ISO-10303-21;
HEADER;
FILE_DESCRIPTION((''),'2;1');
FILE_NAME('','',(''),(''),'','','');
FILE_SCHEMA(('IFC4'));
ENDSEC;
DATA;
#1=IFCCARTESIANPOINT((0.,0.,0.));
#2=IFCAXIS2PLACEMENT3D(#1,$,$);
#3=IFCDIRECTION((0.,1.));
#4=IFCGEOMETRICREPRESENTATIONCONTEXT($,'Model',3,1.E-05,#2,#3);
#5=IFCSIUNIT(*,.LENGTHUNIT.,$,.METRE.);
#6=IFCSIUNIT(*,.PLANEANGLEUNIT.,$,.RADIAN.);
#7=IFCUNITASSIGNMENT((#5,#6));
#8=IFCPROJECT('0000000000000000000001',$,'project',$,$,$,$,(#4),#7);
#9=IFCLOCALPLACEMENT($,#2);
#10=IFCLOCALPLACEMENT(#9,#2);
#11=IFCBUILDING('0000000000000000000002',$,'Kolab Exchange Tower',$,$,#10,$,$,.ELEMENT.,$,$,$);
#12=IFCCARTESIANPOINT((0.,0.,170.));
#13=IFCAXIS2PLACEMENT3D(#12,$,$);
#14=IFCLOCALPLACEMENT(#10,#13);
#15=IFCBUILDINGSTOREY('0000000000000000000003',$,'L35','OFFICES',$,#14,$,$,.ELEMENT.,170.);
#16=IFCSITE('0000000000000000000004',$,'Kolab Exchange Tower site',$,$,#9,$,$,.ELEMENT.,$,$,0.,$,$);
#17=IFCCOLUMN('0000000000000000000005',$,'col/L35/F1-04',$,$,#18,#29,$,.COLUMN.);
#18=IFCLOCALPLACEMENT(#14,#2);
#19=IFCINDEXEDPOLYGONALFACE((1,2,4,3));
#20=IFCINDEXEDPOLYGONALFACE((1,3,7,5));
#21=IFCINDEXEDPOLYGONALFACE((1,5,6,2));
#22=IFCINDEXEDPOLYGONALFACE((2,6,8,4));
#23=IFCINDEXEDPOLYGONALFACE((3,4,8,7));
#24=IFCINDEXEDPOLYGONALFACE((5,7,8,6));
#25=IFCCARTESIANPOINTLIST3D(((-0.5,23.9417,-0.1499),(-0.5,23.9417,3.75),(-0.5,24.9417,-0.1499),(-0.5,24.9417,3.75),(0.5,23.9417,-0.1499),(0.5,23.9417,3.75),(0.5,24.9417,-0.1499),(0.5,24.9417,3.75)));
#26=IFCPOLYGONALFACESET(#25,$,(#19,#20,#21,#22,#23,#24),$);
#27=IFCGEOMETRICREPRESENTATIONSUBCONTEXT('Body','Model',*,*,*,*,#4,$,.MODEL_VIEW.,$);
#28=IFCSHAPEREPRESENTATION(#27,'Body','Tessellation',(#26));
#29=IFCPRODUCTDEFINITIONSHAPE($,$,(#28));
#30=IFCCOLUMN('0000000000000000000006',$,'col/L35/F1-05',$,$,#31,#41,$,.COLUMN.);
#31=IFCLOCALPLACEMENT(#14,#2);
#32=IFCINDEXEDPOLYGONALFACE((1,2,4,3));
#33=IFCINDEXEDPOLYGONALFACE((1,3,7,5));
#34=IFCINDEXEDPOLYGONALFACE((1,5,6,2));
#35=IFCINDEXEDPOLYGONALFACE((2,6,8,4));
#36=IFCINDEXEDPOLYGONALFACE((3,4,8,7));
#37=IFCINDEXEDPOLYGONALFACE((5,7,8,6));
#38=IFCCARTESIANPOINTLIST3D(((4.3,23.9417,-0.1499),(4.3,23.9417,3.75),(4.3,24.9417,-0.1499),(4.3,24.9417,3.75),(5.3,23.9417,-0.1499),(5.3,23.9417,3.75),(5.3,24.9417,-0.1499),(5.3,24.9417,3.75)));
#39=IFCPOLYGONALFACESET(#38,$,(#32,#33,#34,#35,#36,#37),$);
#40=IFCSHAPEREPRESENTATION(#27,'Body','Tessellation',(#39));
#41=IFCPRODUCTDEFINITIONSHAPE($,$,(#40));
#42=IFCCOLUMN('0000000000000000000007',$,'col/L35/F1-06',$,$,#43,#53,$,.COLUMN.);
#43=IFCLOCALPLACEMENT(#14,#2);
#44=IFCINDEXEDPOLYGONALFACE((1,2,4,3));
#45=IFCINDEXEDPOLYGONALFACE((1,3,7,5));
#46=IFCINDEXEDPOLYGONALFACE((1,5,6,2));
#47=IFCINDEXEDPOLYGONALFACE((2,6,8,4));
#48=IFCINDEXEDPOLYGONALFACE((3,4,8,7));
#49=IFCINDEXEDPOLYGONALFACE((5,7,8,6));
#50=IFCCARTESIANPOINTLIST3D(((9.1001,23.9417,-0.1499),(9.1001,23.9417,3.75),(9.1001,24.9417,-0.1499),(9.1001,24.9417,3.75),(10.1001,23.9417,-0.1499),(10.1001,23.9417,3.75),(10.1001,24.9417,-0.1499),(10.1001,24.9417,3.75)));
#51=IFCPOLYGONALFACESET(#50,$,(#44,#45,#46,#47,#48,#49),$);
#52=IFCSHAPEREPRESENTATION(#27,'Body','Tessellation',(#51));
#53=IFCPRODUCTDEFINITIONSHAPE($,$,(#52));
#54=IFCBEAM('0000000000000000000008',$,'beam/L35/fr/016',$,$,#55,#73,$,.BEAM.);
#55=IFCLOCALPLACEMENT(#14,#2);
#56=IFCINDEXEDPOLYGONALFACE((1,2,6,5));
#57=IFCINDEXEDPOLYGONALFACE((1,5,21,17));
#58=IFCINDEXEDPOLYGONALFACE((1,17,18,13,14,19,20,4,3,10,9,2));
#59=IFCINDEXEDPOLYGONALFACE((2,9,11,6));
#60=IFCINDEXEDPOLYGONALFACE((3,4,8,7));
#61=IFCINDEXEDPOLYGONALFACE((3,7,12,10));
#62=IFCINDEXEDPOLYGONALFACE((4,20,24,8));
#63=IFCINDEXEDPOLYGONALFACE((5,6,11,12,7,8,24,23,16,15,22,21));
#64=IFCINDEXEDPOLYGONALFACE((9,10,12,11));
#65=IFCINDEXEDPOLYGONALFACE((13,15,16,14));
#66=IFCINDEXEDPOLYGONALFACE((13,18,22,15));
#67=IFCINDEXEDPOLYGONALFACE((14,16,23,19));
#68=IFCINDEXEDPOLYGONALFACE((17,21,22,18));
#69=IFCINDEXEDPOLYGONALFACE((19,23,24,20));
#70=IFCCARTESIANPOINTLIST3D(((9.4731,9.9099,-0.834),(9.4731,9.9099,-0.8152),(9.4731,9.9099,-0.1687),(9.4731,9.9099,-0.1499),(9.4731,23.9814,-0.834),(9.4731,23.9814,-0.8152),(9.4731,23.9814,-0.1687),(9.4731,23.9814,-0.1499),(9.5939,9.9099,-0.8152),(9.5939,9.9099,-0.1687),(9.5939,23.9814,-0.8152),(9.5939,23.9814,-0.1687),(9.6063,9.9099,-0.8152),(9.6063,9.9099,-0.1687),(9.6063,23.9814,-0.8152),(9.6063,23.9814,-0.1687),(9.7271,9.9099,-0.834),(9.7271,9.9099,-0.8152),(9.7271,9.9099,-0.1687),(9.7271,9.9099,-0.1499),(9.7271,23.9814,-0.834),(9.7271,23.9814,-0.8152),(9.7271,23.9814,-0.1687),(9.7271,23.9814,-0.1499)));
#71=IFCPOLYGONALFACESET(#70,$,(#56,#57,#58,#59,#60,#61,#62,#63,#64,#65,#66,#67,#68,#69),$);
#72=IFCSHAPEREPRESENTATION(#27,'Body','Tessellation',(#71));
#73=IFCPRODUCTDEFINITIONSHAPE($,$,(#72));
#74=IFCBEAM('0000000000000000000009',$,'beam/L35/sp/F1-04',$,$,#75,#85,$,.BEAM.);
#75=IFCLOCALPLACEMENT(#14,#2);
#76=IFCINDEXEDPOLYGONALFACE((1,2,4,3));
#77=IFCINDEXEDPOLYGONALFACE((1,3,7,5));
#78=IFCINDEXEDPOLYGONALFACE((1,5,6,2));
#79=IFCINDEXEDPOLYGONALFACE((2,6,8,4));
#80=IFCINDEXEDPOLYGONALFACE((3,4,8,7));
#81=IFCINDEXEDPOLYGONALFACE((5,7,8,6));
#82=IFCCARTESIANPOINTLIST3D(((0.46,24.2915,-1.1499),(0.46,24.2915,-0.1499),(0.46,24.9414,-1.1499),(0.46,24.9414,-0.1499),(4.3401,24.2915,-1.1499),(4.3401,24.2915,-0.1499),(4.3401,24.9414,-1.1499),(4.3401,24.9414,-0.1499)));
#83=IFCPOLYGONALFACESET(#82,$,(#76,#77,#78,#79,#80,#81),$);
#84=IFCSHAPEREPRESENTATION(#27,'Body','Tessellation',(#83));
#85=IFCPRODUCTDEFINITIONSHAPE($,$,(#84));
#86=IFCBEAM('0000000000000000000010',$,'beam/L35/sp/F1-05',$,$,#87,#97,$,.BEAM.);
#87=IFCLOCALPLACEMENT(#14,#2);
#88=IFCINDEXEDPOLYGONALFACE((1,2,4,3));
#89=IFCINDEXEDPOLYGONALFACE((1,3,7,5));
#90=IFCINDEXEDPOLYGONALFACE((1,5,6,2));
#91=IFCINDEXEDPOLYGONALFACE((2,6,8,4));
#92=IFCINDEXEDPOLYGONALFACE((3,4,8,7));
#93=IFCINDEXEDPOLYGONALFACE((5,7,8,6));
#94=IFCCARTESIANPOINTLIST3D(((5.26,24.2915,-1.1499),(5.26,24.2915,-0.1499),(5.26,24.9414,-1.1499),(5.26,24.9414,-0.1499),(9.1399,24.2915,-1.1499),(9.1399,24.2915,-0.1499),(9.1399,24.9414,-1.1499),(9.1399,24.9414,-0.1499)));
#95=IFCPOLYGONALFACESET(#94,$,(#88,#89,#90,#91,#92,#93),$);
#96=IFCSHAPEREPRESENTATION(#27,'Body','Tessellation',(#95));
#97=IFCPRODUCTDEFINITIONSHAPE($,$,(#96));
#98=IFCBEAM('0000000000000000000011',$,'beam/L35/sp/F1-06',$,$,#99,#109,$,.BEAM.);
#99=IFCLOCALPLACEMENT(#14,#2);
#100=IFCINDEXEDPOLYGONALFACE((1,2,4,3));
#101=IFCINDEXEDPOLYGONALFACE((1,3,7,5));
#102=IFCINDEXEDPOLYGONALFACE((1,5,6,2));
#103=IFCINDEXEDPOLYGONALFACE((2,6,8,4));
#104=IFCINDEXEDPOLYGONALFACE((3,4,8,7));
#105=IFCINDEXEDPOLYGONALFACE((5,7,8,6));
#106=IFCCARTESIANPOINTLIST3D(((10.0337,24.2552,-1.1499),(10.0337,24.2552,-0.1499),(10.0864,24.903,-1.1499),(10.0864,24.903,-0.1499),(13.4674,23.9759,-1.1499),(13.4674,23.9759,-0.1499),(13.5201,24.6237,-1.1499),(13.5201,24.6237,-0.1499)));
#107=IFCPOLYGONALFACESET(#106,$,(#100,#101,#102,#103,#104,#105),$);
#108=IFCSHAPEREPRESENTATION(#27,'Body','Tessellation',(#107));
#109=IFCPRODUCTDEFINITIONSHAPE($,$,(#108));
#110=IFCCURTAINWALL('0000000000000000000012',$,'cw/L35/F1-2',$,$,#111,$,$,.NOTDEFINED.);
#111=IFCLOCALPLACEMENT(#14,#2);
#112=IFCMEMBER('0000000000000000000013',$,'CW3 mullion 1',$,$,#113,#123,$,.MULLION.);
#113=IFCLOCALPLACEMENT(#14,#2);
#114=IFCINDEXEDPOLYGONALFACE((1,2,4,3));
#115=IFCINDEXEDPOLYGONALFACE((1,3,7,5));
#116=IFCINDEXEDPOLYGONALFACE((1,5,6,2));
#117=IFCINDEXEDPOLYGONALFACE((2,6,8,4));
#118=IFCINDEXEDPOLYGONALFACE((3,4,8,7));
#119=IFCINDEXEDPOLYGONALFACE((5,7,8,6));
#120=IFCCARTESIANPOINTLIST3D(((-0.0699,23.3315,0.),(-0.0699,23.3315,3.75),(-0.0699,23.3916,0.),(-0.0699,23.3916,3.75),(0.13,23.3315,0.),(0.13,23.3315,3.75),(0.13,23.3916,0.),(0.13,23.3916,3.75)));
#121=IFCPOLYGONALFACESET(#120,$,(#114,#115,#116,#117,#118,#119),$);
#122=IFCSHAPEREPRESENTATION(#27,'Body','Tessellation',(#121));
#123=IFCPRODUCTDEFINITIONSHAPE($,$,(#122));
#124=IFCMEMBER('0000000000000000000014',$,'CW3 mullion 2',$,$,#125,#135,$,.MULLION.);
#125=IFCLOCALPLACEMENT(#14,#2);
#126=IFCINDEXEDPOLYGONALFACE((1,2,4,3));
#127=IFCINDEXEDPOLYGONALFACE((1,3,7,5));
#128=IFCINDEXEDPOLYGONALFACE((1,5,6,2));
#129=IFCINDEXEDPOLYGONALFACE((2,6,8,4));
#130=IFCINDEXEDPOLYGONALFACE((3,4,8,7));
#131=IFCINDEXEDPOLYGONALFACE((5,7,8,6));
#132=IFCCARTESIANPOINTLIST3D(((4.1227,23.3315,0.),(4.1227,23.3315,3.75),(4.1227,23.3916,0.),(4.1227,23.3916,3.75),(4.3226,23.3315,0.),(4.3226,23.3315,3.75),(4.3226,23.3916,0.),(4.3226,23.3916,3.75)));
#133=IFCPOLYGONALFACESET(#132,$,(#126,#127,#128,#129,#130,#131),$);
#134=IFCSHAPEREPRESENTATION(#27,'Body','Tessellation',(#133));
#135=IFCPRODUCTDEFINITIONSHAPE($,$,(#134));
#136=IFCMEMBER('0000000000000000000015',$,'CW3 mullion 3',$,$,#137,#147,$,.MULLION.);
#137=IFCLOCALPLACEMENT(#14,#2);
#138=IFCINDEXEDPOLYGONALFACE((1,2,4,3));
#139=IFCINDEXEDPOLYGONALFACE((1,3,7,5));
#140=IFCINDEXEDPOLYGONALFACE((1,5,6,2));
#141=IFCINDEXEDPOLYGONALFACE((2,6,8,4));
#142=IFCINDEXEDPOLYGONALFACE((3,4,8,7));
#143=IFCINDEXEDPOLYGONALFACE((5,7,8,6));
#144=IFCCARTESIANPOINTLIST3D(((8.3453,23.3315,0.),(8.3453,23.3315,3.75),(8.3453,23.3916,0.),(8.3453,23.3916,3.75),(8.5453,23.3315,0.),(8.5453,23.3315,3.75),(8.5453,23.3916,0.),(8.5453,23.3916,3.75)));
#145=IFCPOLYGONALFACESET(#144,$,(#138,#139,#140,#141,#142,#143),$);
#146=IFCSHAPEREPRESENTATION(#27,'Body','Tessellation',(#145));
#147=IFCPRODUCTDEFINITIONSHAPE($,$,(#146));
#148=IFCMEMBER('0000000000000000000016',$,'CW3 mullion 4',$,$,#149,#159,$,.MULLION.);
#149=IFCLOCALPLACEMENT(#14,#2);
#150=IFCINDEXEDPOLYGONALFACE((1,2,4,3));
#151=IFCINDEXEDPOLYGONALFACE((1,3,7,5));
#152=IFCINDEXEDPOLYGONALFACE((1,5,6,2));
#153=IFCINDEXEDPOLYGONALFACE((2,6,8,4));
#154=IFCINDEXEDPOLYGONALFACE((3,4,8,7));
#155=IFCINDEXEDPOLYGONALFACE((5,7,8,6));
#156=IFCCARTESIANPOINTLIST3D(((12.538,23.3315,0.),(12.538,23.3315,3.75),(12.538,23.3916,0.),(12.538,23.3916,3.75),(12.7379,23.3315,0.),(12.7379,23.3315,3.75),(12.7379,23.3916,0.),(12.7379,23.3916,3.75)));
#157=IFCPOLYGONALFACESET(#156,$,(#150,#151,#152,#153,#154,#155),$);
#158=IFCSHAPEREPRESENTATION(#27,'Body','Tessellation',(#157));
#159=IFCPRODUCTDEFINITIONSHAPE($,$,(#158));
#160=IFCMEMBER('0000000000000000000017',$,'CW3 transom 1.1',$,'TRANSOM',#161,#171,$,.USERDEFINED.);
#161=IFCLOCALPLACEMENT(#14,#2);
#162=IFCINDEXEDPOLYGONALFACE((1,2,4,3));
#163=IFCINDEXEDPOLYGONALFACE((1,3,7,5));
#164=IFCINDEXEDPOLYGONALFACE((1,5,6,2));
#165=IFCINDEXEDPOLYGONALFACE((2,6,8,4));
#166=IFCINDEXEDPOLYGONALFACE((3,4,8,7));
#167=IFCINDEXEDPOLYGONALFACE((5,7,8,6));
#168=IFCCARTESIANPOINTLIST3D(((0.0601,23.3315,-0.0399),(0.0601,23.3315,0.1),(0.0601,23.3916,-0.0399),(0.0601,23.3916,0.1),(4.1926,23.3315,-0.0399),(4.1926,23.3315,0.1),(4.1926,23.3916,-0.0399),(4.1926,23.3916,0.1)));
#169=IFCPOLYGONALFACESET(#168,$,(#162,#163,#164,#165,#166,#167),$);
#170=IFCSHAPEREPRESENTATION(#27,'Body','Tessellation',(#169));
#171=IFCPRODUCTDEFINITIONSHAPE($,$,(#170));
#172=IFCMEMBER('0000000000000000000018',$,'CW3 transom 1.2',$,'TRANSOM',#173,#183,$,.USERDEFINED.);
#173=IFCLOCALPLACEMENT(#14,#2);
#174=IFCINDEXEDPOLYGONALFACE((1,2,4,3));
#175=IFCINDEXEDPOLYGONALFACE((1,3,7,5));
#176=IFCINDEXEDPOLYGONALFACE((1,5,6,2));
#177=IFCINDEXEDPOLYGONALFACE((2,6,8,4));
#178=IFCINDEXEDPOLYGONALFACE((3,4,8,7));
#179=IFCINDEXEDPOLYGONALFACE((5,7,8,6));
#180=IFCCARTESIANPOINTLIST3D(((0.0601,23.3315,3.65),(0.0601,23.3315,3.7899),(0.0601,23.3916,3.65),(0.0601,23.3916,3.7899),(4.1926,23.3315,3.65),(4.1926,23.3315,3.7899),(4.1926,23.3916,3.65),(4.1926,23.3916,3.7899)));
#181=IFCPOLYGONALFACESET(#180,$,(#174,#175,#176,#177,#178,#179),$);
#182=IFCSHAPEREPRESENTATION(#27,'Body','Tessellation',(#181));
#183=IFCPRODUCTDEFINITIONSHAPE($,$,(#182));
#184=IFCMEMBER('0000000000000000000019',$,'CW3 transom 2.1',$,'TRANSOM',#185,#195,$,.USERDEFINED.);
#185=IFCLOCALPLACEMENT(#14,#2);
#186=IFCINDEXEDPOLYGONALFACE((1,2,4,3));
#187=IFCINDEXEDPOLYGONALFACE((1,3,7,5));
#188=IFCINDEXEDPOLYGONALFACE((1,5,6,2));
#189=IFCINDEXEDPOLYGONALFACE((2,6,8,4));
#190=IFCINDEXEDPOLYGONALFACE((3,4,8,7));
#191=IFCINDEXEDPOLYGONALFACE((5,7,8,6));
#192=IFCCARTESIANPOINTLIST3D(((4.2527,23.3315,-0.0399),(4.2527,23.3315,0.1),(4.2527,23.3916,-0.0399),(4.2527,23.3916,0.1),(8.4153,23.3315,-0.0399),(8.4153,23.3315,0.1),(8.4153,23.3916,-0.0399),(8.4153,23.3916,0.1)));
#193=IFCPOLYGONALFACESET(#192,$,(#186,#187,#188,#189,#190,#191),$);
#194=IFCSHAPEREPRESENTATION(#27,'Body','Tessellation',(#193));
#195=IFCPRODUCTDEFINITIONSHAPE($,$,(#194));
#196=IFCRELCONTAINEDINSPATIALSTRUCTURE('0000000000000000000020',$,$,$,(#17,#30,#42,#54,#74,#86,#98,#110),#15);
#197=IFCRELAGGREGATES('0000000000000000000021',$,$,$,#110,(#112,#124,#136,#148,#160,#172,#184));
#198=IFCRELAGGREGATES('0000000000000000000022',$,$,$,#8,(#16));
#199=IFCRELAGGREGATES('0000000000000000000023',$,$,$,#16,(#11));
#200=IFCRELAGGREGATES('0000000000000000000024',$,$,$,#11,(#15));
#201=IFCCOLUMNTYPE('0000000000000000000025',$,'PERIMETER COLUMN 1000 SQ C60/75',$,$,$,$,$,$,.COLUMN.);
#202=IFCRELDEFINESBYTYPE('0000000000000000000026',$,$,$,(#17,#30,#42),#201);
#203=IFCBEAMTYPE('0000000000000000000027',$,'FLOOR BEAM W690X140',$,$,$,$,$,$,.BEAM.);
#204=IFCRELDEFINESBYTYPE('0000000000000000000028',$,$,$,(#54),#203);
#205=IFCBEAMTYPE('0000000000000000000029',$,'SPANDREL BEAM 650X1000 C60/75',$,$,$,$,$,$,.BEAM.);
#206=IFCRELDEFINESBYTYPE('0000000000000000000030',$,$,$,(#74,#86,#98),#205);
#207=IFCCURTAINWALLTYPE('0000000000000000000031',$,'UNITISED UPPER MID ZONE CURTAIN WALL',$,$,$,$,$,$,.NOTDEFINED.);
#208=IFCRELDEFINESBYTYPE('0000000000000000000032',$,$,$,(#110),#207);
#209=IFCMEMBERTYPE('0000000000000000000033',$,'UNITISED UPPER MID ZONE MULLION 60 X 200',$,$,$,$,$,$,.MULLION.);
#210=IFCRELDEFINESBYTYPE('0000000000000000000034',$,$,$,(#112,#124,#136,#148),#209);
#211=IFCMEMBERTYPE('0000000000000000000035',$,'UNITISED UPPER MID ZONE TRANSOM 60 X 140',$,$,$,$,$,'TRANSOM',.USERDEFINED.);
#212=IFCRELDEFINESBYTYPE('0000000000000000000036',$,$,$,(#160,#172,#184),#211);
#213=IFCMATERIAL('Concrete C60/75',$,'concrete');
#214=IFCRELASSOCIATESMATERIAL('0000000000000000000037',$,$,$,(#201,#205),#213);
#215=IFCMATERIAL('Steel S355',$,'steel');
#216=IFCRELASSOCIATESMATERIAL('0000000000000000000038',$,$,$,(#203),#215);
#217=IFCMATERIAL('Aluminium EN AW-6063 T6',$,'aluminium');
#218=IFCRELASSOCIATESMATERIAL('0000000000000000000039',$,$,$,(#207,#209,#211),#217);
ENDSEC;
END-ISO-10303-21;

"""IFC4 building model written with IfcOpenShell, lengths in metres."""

from ifc_helpers import new_model, si_unit, direction, frame, origin, origin_2d, place, context, subcontext, project, spatial, rectangle, i_section, extrude, material, material_profile, profile_set, type_object, element, aggregate, save


model = new_model("IFC4")

# Units and contexts
model_context = context("Model", 3, precision=1e-05, world=origin(), true_north=direction((0.0, 1.0)))
body_context = subcontext(model_context, "Body", "Model", "MODEL_VIEW")
ifc_project = project(units=[si_unit("LENGTHUNIT", "METRE"), si_unit("PLANEANGLEUNIT", "RADIAN")], contexts=[model_context])

# Site, building, storey
site_placement = place(None, origin())
site = spatial("IfcSite", under=ifc_project, at=site_placement, Name="Kolab Exchange Tower site", CompositionType="ELEMENT", RefElevation=0.0)
building_placement = place(site_placement, origin())
building = spatial("IfcBuilding", under=site, at=building_placement, Name="Kolab Exchange Tower", CompositionType="ELEMENT")
storey_placement = place(building_placement, frame((0.0, 0.0, 170.0)))
storey = spatial("IfcBuildingStorey", under=building, at=storey_placement, Name="L35", Description="OFFICES", CompositionType="ELEMENT", Elevation=170.0)

# Columns
ifc_material_1 = material(Name="Concrete C60/75", Category="concrete")
ifc_material_profile_1 = material_profile(ifc_material_1, rectangle(XDim=1.0, YDim=1.0, at=origin_2d()), Name="RC1000")
ifc_profile_set_1 = profile_set([ifc_material_profile_1], Name="Concrete C60/75")
column_type = type_object("IfcColumnType", Name="PERIMETER COLUMN 1000 SQ C60/75", PredefinedType="COLUMN", material=ifc_profile_set_1)
for number, where, z_axis, x_axis, name in (
    (1, (0.0, 24.4417, -0.1499), (0.0, 0.0, 1.0), (1.0, 0.0, 0.0), "col/L35/F1-04"),
    (2, (4.8, 24.4417, -0.1499), (0.0, 0.0, 1.0), (1.0, 0.0, 0.0), "col/L35/F1-05"),
    (3, (9.6001, 24.4417, -0.1499), (0.0, 0.0, 1.0), (1.0, 0.0, 0.0), "col/L35/F1-06"),
):
    element("IfcColumn", number, at=place(storey_placement, frame(where, z_axis=z_axis, x_axis=x_axis)), inside=storey, type_object=column_type, Name=name, PredefinedType="COLUMN", context=body_context, shape_type="SweptSolid", body=[
        extrude(rectangle(XDim=1.0, YDim=1.0, at=origin_2d()), origin(), (0.0, 0.0, 1.0), 3.8999),
    ])

# Beams
ifc_material_2 = material(Name="Steel S355", Category="steel")
ifc_material_profile_2 = material_profile(ifc_material_2, i_section(OverallWidth=0.2539, OverallDepth=0.6841, WebThickness=0.0125, FlangeThickness=0.0188, at=origin_2d()), Name="W690X140")
ifc_profile_set_2 = profile_set([ifc_material_profile_2], Name="Steel S355")
beam_type_1 = type_object("IfcBeamType", Name="FLOOR BEAM W690X140", PredefinedType="BEAM", material=ifc_profile_set_2)
beam_1_placement = place(storey_placement, frame((9.6001, 9.9099, -0.4919), z_axis=(0.0, 1.0, 0.0), x_axis=(-1.0, 0.0, 0.0)))
element("IfcBeam", 4, at=beam_1_placement, inside=storey, type_object=beam_type_1, Name="beam/L35/fr/016", PredefinedType="BEAM", context=body_context, shape_type="SweptSolid", body=[
    extrude(i_section(OverallWidth=0.2539, OverallDepth=0.6841, WebThickness=0.0125, FlangeThickness=0.0188, at=origin_2d()), origin(), (0.0, 0.0, 1.0), 14.0715),
])
ifc_material_profile_3 = material_profile(ifc_material_1, rectangle(XDim=0.6499, YDim=1.0, at=origin_2d()), Name="RC650X1000")
ifc_profile_set_3 = profile_set([ifc_material_profile_3], Name="Concrete C60/75")
beam_type_2 = type_object("IfcBeamType", Name="SPANDREL BEAM 650X1000 C60/75", PredefinedType="BEAM", material=ifc_profile_set_3)
beam_2_placement = place(storey_placement, frame((0.46, 24.6165, -0.6499), z_axis=(1.0, 0.0, 0.0), x_axis=(0.0, 1.0, 0.0)))
element("IfcBeam", 5, at=beam_2_placement, inside=storey, type_object=beam_type_2, Name="beam/L35/sp/F1-04", PredefinedType="BEAM", context=body_context, shape_type="SweptSolid", body=[
    extrude(rectangle(XDim=0.6499, YDim=1.0, at=origin_2d()), origin(), (0.0, 0.0, 1.0), 3.8801),
])
beam_3_placement = place(storey_placement, frame((5.26, 24.6165, -0.6499), z_axis=(1.0, 0.0, 0.0), x_axis=(0.0, 1.0, 0.0)))
element("IfcBeam", 6, at=beam_3_placement, inside=storey, type_object=beam_type_2, Name="beam/L35/sp/F1-05", PredefinedType="BEAM", context=body_context, shape_type="SweptSolid", body=[
    extrude(rectangle(XDim=0.6499, YDim=1.0, at=origin_2d()), origin(), (0.0, 0.0, 1.0), 3.8799),
])
beam_4_placement = place(storey_placement, frame((10.0601, 24.5791, -0.6499), z_axis=(0.996708, -0.081069, 0.0), x_axis=(0.081069, 0.996708, 0.0)))
element("IfcBeam", 7, at=beam_4_placement, inside=storey, type_object=beam_type_2, Name="beam/L35/sp/F1-06", PredefinedType="BEAM", context=body_context, shape_type="SweptSolid", body=[
    extrude(rectangle(XDim=0.6499, YDim=1.0, at=origin_2d()), origin(), (0.0, 0.0, 1.0), 3.4451),
])

# Curtain wall, members
ifc_material_3 = material(Name="Aluminium EN AW-6063 T6", Category="aluminium")
curtain_wall_type = type_object("IfcCurtainWallType", Name="UNITISED UPPER MID ZONE CURTAIN WALL", PredefinedType="NOTDEFINED", material=ifc_material_3)
curtain_wall_placement = place(storey_placement, origin())
curtain_wall = element("IfcCurtainWall", 8, at=curtain_wall_placement, inside=storey, type_object=curtain_wall_type, Name="cw/L35/F1-2", PredefinedType="NOTDEFINED")
ifc_material_profile_4 = material_profile(ifc_material_3, rectangle(XDim=0.0601, YDim=0.2, at=origin_2d()), Name="RECT 60X200")
ifc_profile_set_4 = profile_set([ifc_material_profile_4], Name="Aluminium EN AW-6063 T6")
member_type_1 = type_object("IfcMemberType", Name="UNITISED UPPER MID ZONE MULLION 60 X 200", PredefinedType="MULLION", material=ifc_profile_set_4)
member_1_placement = place(storey_placement, frame((0.03, 23.3616, 0.0), z_axis=(0.0, 0.0, 1.0), x_axis=(0.0, 1.0, 0.0)))
member_1 = element("IfcMember", 9, at=member_1_placement, type_object=member_type_1, Name="CW3 mullion 1", PredefinedType="MULLION", context=body_context, shape_type="SweptSolid", body=[
    extrude(rectangle(XDim=0.0601, YDim=0.2, at=origin_2d()), origin(), (0.0, 0.0, 1.0), 3.75),
])
member_2_placement = place(storey_placement, frame((4.2227, 23.3616, 0.0), z_axis=(0.0, 0.0, 1.0), x_axis=(0.0, 1.0, 0.0)))
member_2 = element("IfcMember", 10, at=member_2_placement, type_object=member_type_1, Name="CW3 mullion 2", PredefinedType="MULLION", context=body_context, shape_type="SweptSolid", body=[
    extrude(rectangle(XDim=0.0601, YDim=0.2, at=origin_2d()), origin(), (0.0, 0.0, 1.0), 3.75),
])
member_3_placement = place(storey_placement, frame((8.4453, 23.3616, 0.0), z_axis=(0.0, 0.0, 1.0), x_axis=(0.0, 1.0, 0.0)))
member_3 = element("IfcMember", 11, at=member_3_placement, type_object=member_type_1, Name="CW3 mullion 3", PredefinedType="MULLION", context=body_context, shape_type="SweptSolid", body=[
    extrude(rectangle(XDim=0.0601, YDim=0.2, at=origin_2d()), origin(), (0.0, 0.0, 1.0), 3.75),
])
member_4_placement = place(storey_placement, frame((12.6379, 23.3616, 0.0), z_axis=(0.0, 0.0, 1.0), x_axis=(0.0, 1.0, 0.0)))
member_4 = element("IfcMember", 12, at=member_4_placement, type_object=member_type_1, Name="CW3 mullion 4", PredefinedType="MULLION", context=body_context, shape_type="SweptSolid", body=[
    extrude(rectangle(XDim=0.0601, YDim=0.2, at=origin_2d()), origin(), (0.0, 0.0, 1.0), 3.75),
])
ifc_material_profile_5 = material_profile(ifc_material_3, rectangle(XDim=0.0601, YDim=0.1399, at=origin_2d()), Name="RECT 60X140")
ifc_profile_set_5 = profile_set([ifc_material_profile_5], Name="Aluminium EN AW-6063 T6")
member_type_2 = type_object("IfcMemberType", Name="UNITISED UPPER MID ZONE TRANSOM 60 X 140", ElementType="TRANSOM", PredefinedType="USERDEFINED", material=ifc_profile_set_5)
member_5_placement = place(storey_placement, frame((0.0601, 23.3616, 0.03), z_axis=(1.0, 0.0, 0.0), x_axis=(0.0, 1.0, 0.0)))
member_5 = element("IfcMember", 13, at=member_5_placement, type_object=member_type_2, Name="CW3 transom 1.1", ObjectType="TRANSOM", PredefinedType="USERDEFINED", context=body_context, shape_type="SweptSolid", body=[
    extrude(rectangle(XDim=0.0601, YDim=0.1399, at=origin_2d()), origin(), (0.0, 0.0, 1.0), 4.1326),
])
member_6_placement = place(storey_placement, frame((0.0601, 23.3616, 3.72), z_axis=(1.0, 0.0, 0.0), x_axis=(0.0, 1.0, 0.0)))
member_6 = element("IfcMember", 14, at=member_6_placement, type_object=member_type_2, Name="CW3 transom 1.2", ObjectType="TRANSOM", PredefinedType="USERDEFINED", context=body_context, shape_type="SweptSolid", body=[
    extrude(rectangle(XDim=0.0601, YDim=0.1399, at=origin_2d()), origin(), (0.0, 0.0, 1.0), 4.1326),
])
member_7_placement = place(storey_placement, frame((4.2527, 23.3616, 0.03), z_axis=(1.0, 0.0, 0.0), x_axis=(0.0, 1.0, 0.0)))
member_7 = element("IfcMember", 15, at=member_7_placement, type_object=member_type_2, Name="CW3 transom 2.1", ObjectType="TRANSOM", PredefinedType="USERDEFINED", context=body_context, shape_type="SweptSolid", body=[
    extrude(rectangle(XDim=0.0601, YDim=0.1399, at=origin_2d()), origin(), (0.0, 0.0, 1.0), 4.1626),
])
aggregate(curtain_wall, [member_1, member_2, member_3, member_4, member_5, member_6, member_7])

save(model, "model.ifc")
